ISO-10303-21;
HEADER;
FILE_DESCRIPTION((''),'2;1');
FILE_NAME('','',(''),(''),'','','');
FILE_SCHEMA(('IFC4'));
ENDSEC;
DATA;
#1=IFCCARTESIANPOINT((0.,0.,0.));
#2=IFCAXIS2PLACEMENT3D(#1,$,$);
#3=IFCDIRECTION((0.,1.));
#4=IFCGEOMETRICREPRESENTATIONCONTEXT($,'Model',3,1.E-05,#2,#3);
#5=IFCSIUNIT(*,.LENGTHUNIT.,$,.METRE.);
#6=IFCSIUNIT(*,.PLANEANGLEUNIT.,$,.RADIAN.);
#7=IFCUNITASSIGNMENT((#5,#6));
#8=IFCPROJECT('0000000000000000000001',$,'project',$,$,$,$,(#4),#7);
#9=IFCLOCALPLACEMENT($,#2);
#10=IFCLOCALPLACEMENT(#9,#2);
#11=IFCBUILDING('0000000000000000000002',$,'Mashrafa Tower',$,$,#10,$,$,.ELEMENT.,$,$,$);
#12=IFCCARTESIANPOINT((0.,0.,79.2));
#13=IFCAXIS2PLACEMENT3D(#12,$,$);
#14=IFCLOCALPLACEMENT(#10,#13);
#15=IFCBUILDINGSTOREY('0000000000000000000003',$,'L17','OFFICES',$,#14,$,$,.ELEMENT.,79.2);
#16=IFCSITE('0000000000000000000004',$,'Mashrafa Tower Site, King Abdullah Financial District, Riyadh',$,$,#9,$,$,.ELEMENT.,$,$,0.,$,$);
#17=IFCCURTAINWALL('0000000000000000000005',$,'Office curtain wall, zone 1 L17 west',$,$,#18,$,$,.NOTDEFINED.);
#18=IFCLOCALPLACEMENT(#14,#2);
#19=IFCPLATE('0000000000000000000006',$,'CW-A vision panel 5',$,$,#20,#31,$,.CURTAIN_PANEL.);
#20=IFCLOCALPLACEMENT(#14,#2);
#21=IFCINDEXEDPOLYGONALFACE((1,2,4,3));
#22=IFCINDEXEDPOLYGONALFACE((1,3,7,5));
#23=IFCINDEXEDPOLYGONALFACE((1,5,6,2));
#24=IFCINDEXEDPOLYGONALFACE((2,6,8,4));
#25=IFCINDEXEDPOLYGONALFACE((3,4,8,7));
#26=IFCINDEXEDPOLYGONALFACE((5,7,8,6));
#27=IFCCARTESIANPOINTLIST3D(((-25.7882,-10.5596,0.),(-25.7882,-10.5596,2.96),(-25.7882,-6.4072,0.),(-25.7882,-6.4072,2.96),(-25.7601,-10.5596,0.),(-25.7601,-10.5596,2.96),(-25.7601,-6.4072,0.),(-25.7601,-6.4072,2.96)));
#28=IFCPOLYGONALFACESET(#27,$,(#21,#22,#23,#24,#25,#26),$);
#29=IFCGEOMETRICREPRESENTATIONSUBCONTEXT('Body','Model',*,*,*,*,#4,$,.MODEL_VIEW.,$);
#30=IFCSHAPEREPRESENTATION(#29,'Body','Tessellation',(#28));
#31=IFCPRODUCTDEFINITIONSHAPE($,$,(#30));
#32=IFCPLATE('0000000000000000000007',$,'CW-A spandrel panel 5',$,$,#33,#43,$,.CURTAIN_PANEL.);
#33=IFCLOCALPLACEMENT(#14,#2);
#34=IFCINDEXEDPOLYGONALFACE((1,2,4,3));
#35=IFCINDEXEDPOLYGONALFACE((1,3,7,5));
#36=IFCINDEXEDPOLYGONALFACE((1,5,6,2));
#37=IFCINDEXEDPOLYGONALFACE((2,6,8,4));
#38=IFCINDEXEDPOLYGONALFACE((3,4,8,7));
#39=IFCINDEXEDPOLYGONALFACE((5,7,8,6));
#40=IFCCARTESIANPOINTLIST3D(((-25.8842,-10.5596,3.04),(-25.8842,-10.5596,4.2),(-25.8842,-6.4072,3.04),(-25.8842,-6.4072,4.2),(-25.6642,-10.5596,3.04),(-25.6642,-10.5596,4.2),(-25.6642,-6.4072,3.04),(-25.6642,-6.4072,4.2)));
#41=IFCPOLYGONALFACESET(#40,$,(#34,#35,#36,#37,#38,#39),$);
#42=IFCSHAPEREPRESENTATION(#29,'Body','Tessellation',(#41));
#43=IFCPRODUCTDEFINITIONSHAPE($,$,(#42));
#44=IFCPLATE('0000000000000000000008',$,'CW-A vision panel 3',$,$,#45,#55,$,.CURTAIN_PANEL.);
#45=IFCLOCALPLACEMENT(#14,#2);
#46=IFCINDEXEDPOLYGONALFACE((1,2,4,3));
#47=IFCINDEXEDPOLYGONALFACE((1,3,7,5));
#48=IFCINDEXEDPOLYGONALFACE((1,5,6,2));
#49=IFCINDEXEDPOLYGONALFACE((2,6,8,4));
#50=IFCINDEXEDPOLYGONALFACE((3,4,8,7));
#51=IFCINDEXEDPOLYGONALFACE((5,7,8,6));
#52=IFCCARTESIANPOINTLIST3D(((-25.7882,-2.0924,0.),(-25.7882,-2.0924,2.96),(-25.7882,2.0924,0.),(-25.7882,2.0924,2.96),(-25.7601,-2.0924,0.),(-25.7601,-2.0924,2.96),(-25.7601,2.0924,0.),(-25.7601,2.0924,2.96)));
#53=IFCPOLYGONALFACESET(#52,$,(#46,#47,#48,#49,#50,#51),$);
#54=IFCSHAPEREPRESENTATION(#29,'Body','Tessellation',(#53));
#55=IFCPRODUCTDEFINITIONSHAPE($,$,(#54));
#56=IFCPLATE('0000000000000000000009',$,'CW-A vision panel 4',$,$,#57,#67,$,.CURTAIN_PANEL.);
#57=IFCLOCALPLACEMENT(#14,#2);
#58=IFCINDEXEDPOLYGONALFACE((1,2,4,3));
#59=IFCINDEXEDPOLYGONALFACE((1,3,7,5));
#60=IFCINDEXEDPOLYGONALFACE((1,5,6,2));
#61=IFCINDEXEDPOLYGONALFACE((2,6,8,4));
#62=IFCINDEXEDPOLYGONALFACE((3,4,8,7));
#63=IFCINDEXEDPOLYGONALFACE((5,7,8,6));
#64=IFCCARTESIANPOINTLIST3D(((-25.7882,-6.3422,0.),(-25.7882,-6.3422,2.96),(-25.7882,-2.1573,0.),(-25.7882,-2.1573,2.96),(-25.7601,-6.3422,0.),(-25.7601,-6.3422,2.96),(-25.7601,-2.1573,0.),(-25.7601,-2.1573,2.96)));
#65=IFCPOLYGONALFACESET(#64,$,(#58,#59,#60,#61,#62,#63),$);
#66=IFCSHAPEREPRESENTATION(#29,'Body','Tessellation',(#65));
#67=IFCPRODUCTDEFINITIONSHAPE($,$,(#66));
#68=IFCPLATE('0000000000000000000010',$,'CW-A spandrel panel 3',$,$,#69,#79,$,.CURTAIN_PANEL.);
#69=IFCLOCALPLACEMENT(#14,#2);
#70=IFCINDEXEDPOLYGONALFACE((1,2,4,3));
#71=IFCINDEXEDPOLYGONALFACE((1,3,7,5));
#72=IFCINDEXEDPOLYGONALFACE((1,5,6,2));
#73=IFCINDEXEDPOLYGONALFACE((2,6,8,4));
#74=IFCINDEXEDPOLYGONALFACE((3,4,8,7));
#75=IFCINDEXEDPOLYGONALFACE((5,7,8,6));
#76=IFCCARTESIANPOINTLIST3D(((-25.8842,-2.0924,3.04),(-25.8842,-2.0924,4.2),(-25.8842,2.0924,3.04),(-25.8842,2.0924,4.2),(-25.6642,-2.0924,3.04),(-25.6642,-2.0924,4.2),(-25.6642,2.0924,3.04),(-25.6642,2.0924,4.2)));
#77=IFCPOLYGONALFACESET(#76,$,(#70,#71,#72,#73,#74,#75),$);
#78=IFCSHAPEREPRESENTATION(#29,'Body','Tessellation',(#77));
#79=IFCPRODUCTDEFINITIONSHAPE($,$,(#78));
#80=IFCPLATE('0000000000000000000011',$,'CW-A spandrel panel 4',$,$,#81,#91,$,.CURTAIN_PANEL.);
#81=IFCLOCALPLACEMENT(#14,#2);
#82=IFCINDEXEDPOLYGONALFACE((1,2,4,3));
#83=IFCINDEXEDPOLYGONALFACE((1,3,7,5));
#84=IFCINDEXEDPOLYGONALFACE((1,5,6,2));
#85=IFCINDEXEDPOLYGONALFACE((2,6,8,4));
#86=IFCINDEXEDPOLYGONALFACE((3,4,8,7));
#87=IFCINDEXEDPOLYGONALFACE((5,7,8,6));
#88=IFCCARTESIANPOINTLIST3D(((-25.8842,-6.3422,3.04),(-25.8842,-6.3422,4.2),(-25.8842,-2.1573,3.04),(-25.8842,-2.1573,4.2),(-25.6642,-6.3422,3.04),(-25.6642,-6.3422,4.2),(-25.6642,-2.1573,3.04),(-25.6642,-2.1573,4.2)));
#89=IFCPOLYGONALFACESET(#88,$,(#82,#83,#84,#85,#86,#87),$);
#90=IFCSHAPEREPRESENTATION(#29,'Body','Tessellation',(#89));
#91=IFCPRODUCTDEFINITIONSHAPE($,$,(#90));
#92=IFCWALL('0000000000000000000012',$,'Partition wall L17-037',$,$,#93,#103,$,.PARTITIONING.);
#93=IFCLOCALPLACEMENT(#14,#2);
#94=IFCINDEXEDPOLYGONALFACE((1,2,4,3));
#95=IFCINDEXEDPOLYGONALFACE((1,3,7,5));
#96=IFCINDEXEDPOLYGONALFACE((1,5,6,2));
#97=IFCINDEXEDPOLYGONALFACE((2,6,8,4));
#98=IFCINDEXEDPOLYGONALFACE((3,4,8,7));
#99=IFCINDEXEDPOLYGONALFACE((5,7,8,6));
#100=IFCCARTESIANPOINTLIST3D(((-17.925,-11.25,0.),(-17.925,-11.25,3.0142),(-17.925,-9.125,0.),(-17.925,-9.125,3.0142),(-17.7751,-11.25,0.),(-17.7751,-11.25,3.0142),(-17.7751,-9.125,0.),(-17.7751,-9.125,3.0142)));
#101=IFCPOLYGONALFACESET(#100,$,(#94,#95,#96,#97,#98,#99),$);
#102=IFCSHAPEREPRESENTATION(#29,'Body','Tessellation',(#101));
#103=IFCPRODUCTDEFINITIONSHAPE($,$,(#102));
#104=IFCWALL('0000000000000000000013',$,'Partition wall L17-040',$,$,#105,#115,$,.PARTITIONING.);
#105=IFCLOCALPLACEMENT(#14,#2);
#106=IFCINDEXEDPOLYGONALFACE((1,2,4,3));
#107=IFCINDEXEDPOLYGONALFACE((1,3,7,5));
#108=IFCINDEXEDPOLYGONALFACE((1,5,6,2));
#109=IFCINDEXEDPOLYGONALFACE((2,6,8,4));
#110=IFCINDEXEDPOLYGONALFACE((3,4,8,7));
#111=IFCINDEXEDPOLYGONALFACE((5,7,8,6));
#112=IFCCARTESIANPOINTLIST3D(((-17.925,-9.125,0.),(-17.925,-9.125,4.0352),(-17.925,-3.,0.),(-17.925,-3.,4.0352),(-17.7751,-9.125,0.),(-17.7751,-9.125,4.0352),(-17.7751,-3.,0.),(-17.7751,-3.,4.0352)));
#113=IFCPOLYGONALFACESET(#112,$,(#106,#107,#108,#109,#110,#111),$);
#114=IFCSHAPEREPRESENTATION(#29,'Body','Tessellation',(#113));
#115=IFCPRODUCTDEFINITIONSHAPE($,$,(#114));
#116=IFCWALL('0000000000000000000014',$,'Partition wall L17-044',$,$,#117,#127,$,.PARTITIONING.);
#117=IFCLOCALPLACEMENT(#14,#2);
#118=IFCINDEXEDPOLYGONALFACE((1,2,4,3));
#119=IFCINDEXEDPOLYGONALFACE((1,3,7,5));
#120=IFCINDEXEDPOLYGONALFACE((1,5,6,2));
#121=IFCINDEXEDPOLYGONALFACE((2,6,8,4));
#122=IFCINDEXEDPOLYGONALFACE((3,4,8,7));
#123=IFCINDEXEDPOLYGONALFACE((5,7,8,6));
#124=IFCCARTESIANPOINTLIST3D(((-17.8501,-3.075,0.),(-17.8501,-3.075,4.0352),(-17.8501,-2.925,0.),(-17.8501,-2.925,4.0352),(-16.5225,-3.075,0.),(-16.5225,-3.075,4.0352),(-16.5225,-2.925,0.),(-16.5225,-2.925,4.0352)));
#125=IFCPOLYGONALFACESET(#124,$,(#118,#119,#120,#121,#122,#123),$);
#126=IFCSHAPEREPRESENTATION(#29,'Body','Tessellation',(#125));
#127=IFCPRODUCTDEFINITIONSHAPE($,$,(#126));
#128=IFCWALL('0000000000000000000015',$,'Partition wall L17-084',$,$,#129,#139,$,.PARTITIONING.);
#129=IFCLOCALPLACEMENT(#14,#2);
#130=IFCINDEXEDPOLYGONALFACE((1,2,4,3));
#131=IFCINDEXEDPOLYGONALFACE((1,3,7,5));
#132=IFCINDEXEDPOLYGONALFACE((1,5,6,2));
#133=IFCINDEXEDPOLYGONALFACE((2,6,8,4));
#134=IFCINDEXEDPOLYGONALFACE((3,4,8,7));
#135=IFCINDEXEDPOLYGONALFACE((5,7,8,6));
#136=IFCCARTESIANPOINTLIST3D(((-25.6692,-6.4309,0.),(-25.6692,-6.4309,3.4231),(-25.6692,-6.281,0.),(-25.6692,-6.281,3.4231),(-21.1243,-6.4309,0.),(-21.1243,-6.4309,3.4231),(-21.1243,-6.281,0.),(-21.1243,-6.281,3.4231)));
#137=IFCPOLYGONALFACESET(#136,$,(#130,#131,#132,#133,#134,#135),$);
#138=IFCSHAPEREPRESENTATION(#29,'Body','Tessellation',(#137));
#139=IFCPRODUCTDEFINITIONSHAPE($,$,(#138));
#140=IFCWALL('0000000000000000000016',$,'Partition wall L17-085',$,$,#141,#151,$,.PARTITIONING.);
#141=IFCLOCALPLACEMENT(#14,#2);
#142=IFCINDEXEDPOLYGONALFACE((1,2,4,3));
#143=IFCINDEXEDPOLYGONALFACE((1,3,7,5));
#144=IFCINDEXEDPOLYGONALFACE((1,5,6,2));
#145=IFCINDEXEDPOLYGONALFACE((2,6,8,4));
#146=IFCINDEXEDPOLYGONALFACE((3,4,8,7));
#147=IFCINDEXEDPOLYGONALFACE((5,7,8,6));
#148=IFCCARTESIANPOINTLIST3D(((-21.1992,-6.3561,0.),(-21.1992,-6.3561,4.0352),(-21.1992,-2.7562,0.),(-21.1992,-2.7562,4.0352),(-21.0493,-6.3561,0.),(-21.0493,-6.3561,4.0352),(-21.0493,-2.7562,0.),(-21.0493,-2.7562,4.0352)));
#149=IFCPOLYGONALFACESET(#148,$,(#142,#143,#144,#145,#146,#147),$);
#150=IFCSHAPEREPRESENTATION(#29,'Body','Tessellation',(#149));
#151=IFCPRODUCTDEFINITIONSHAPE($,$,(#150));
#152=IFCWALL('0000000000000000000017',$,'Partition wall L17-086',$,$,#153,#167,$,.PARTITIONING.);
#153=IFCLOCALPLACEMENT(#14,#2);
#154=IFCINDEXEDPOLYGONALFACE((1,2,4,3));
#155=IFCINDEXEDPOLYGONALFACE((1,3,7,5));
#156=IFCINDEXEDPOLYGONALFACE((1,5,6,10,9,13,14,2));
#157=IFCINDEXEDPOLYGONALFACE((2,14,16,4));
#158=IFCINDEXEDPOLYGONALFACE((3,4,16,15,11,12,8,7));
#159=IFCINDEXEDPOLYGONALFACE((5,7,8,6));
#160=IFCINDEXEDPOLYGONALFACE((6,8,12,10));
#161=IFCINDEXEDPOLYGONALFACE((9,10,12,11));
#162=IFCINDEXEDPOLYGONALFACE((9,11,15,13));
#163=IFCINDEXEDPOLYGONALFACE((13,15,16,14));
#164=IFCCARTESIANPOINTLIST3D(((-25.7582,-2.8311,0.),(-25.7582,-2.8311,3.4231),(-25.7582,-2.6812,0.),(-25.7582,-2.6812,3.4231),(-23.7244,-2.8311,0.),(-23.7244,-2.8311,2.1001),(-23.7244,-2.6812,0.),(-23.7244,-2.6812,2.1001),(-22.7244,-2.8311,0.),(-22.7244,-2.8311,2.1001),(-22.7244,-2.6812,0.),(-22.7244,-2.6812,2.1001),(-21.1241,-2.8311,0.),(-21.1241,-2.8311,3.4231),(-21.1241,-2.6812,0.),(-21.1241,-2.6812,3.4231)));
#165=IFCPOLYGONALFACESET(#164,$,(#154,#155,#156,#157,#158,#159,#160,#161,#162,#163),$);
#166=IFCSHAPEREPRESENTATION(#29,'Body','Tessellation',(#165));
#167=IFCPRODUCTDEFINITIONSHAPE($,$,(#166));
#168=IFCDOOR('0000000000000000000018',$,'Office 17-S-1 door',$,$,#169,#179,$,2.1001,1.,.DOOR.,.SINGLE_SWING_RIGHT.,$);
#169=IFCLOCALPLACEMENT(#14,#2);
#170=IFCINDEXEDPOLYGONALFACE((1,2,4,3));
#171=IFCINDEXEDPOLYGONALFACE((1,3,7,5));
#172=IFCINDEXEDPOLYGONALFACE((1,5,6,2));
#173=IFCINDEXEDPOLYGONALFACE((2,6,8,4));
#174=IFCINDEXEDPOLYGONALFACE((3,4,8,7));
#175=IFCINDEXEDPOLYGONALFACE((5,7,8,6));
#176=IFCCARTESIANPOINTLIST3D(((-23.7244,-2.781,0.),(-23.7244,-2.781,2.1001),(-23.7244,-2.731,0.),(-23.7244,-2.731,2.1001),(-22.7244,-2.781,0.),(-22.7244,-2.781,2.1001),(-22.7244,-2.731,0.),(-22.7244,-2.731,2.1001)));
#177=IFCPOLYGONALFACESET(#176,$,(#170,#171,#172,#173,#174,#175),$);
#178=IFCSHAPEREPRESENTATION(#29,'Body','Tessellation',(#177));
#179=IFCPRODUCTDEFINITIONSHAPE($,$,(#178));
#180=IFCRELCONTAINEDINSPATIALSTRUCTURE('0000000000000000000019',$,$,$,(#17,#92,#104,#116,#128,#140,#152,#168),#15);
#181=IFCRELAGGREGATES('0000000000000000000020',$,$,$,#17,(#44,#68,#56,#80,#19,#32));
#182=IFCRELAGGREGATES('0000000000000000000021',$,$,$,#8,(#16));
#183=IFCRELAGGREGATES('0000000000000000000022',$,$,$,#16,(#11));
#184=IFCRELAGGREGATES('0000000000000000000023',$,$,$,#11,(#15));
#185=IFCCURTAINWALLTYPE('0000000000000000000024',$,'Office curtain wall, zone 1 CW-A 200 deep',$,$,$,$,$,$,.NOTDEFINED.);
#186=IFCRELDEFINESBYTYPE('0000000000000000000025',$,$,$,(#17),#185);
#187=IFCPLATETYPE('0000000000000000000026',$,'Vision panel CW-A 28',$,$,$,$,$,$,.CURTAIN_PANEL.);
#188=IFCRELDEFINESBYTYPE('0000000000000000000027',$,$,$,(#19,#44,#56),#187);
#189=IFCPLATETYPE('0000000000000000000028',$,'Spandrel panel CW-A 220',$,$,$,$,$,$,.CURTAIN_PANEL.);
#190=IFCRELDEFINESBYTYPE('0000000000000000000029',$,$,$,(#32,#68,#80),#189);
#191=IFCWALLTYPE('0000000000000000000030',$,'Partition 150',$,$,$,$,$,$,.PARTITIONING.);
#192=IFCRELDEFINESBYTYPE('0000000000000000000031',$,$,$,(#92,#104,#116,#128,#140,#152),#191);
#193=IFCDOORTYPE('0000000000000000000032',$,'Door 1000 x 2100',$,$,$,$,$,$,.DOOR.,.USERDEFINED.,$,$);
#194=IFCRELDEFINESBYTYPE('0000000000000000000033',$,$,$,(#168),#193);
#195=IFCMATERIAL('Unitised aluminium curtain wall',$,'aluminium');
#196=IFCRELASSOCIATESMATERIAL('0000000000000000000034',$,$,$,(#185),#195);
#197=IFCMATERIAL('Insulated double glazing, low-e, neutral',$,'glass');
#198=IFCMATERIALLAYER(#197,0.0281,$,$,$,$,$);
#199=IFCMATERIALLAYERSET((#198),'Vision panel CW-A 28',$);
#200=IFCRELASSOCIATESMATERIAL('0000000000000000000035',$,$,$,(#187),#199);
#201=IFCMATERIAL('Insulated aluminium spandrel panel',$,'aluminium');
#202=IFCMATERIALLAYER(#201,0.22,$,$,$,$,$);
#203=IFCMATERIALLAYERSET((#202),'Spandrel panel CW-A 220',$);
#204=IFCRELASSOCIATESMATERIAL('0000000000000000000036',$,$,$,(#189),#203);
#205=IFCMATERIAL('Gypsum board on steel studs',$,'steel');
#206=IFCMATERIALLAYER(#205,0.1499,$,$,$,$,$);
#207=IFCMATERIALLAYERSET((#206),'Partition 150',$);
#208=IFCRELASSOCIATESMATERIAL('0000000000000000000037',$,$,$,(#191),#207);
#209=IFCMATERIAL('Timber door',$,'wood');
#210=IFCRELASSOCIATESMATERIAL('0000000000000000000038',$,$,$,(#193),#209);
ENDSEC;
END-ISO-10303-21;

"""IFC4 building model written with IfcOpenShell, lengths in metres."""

from ifc_helpers import new_model, si_unit, direction, frame, frame_2d, origin, origin_2d, place, context, subcontext, project, spatial, rectangle, extrude, source, transform, mapped, material, layer, layer_set, type_object, type_shapes, element, fill, aggregate, save


model = new_model("IFC4")

# Units and contexts
model_context = context("Model", 3, precision=1e-05, world=origin(), true_north=direction((0.0, 1.0)))
body_context = subcontext(model_context, "Body", "Model", "MODEL_VIEW")
ifc_project = project(units=[si_unit("LENGTHUNIT", "METRE"), si_unit("PLANEANGLEUNIT", "RADIAN")], contexts=[model_context])

# Site, building, storey
site_placement = place(None, origin())
site = spatial("IfcSite", under=ifc_project, at=site_placement, Name="Mashrafa Tower Site, King Abdullah Financial District, Riyadh", CompositionType="ELEMENT", RefElevation=0.0)
building_placement = place(site_placement, origin())
building = spatial("IfcBuilding", under=site, at=building_placement, Name="Mashrafa Tower", CompositionType="ELEMENT")
storey_placement = place(building_placement, frame((0.0, 0.0, 79.2)))
storey = spatial("IfcBuildingStorey", under=building, at=storey_placement, Name="L17", Description="OFFICES", CompositionType="ELEMENT", Elevation=79.2)

# Curtain wall, plates
ifc_material_1 = material(Name="Unitised aluminium curtain wall", Category="aluminium")
curtain_wall_type = type_object("IfcCurtainWallType", Name="Office curtain wall, zone 1 CW-A 200 deep", PredefinedType="NOTDEFINED", material=ifc_material_1)
curtain_wall_placement = place(storey_placement, origin())
curtain_wall = element("IfcCurtainWall", 1, at=curtain_wall_placement, inside=storey, type_object=curtain_wall_type, Name="Office curtain wall, zone 1 L17 west", PredefinedType="NOTDEFINED")
ifc_material_2 = material(Name="Insulated double glazing, low-e, neutral", Category="glass")
ifc_layer_1 = layer(ifc_material_2, 0.0281)
ifc_layer_set_1 = layer_set([ifc_layer_1], Name="Vision panel CW-A 28")
plate_type_1 = type_object("IfcPlateType", Name="Vision panel CW-A 28", PredefinedType="CURTAIN_PANEL", material=ifc_layer_set_1)
shared_shape_1 = source(origin(), body_context, "Body", "SweptSolid", [
    extrude(rectangle(XDim=4.1523, YDim=0.0281, at=origin_2d()), origin(), (0.0, 0.0, 1.0), 2.96),
])
plate_1_placement = place(storey_placement, frame((-25.7742, -8.4834, 0.0), z_axis=(0.0, 0.0, 1.0), x_axis=(0.0, -1.0, 0.0)))
plate_1 = element("IfcPlate", 2, at=plate_1_placement, type_object=plate_type_1, Name="CW-A vision panel 5", PredefinedType="CURTAIN_PANEL", context=body_context, shape_type="MappedRepresentation", body=[
    mapped(shared_shape_1, transform((0.0, 0.0, 0.0))),
])
ifc_material_3 = material(Name="Insulated aluminium spandrel panel", Category="aluminium")
ifc_layer_2 = layer(ifc_material_3, 0.22)
ifc_layer_set_2 = layer_set([ifc_layer_2], Name="Spandrel panel CW-A 220")
plate_type_2 = type_object("IfcPlateType", Name="Spandrel panel CW-A 220", PredefinedType="CURTAIN_PANEL", material=ifc_layer_set_2)
shared_shape_2 = source(origin(), body_context, "Body", "SweptSolid", [
    extrude(rectangle(XDim=4.1523, YDim=0.22, at=origin_2d()), origin(), (0.0, 0.0, 1.0), 1.1599),
])
plate_2_placement = place(storey_placement, frame((-25.7742, -8.4834, 3.04), z_axis=(0.0, 0.0, 1.0), x_axis=(0.0, -1.0, 0.0)))
plate_2 = element("IfcPlate", 3, at=plate_2_placement, type_object=plate_type_2, Name="CW-A spandrel panel 5", PredefinedType="CURTAIN_PANEL", context=body_context, shape_type="MappedRepresentation", body=[
    mapped(shared_shape_2, transform((0.0, 0.0, 0.0))),
])
shared_shape_3 = source(origin(), body_context, "Body", "SweptSolid", [
    extrude(rectangle(XDim=4.1848, YDim=0.0281, at=origin_2d()), origin(), (0.0, 0.0, 1.0), 2.96),
])
type_shapes(plate_type_1, [shared_shape_1, shared_shape_3])
plate_3_placement = place(storey_placement, frame((-25.7742, 0.0, 0.0), z_axis=(0.0, 0.0, 1.0), x_axis=(0.0, -1.0, 0.0)))
plate_3 = element("IfcPlate", 4, at=plate_3_placement, type_object=plate_type_1, Name="CW-A vision panel 3", PredefinedType="CURTAIN_PANEL", context=body_context, shape_type="MappedRepresentation", body=[
    mapped(shared_shape_3, transform((0.0, 0.0, 0.0))),
])
plate_4_placement = place(storey_placement, frame((-25.7742, -4.2498, 0.0), z_axis=(0.0, 0.0, 1.0), x_axis=(0.0, -1.0, 0.0)))
plate_4 = element("IfcPlate", 5, at=plate_4_placement, type_object=plate_type_1, Name="CW-A vision panel 4", PredefinedType="CURTAIN_PANEL", context=body_context, shape_type="MappedRepresentation", body=[
    mapped(shared_shape_3, transform((0.0, 0.0, 0.0))),
])
shared_shape_4 = source(origin(), body_context, "Body", "SweptSolid", [
    extrude(rectangle(XDim=4.1848, YDim=0.22, at=origin_2d()), origin(), (0.0, 0.0, 1.0), 1.1599),
])
type_shapes(plate_type_2, [shared_shape_2, shared_shape_4])
plate_5_placement = place(storey_placement, frame((-25.7742, 0.0, 3.04), z_axis=(0.0, 0.0, 1.0), x_axis=(0.0, -1.0, 0.0)))
plate_5 = element("IfcPlate", 6, at=plate_5_placement, type_object=plate_type_2, Name="CW-A spandrel panel 3", PredefinedType="CURTAIN_PANEL", context=body_context, shape_type="MappedRepresentation", body=[
    mapped(shared_shape_4, transform((0.0, 0.0, 0.0))),
])
plate_6_placement = place(storey_placement, frame((-25.7742, -4.2498, 3.04), z_axis=(0.0, 0.0, 1.0), x_axis=(0.0, -1.0, 0.0)))
plate_6 = element("IfcPlate", 7, at=plate_6_placement, type_object=plate_type_2, Name="CW-A spandrel panel 4", PredefinedType="CURTAIN_PANEL", context=body_context, shape_type="MappedRepresentation", body=[
    mapped(shared_shape_4, transform((0.0, 0.0, 0.0))),
])
aggregate(curtain_wall, [plate_3, plate_5, plate_4, plate_6, plate_1, plate_2])

# Walls
ifc_material_4 = material(Name="Gypsum board on steel studs", Category="steel")
ifc_layer_3 = layer(ifc_material_4, 0.1499)
ifc_layer_set_3 = layer_set([ifc_layer_3], Name="Partition 150")
wall_type = type_object("IfcWallType", Name="Partition 150", PredefinedType="PARTITIONING", material=ifc_layer_set_3)
wall_1_placement = place(storey_placement, frame((-17.8501, -9.125, 0.0), z_axis=(0.0, 0.0, 1.0), x_axis=(0.0, -1.0, 0.0)))
element("IfcWall", 8, at=wall_1_placement, inside=storey, type_object=wall_type, Name="Partition wall L17-037", PredefinedType="PARTITIONING", context=body_context, shape_type="SweptSolid", body=[
    extrude(rectangle(XDim=2.125, YDim=0.1499, at=frame_2d((1.0625, 0.0))), origin(), (0.0, 0.0, 1.0), 3.0142),
])
wall_2_placement = place(storey_placement, frame((-17.8501, -9.125, 0.0), z_axis=(0.0, 0.0, 1.0), x_axis=(0.0, 1.0, 0.0)))
element("IfcWall", 9, at=wall_2_placement, inside=storey, type_object=wall_type, Name="Partition wall L17-040", PredefinedType="PARTITIONING", context=body_context, shape_type="SweptSolid", body=[
    extrude(rectangle(XDim=6.125, YDim=0.1499, at=frame_2d((3.0625, 0.0))), origin(), (0.0, 0.0, 1.0), 4.0352),
])
wall_3_placement = place(storey_placement, frame((-16.5225, -3.0, 0.0), z_axis=(0.0, 0.0, 1.0), x_axis=(-1.0, 0.0, 0.0)))
element("IfcWall", 10, at=wall_3_placement, inside=storey, type_object=wall_type, Name="Partition wall L17-044", PredefinedType="PARTITIONING", context=body_context, shape_type="SweptSolid", body=[
    extrude(rectangle(XDim=1.3276, YDim=0.1499, at=frame_2d((0.6638, 0.0))), origin(), (0.0, 0.0, 1.0), 4.0352),
])
wall_4_placement = place(storey_placement, frame((-25.6692, -6.356, 0.0), z_axis=(0.0, 0.0, 1.0), x_axis=(1.0, 0.0, 0.0)))
element("IfcWall", 11, at=wall_4_placement, inside=storey, type_object=wall_type, Name="Partition wall L17-084", PredefinedType="PARTITIONING", context=body_context, shape_type="SweptSolid", body=[
    extrude(rectangle(XDim=4.5449, YDim=0.1499, at=frame_2d((2.2725, 0.0))), origin(), (0.0, 0.0, 1.0), 3.4231),
])
wall_5_placement = place(storey_placement, frame((-21.1243, -6.356, 0.0), z_axis=(0.0, 0.0, 1.0), x_axis=(0.0, 1.0, 0.0)))
element("IfcWall", 12, at=wall_5_placement, inside=storey, type_object=wall_type, Name="Partition wall L17-085", PredefinedType="PARTITIONING", context=body_context, shape_type="SweptSolid", body=[
    extrude(rectangle(XDim=3.5999, YDim=0.1499, at=frame_2d((1.7998, 0.0))), origin(), (0.0, 0.0, 1.0), 4.0352),
])

# Wall, opening, door
wall_6_placement = place(storey_placement, frame((-21.1243, -2.7561, 0.0), z_axis=(0.0, 0.0, 1.0), x_axis=(-1.0, 0.0, 0.0)))
wall_6 = element("IfcWall", 13, at=wall_6_placement, inside=storey, type_object=wall_type, Name="Partition wall L17-086", PredefinedType="PARTITIONING", context=body_context, shape_type="SweptSolid", body=[
    extrude(rectangle(XDim=4.634, YDim=0.1499, at=frame_2d((2.3169, 0.0))), origin(), (0.0, 0.0, 1.0), 3.4231),
])
opening_1_placement = place(wall_6_placement, frame((1.6001, 0.0, 0.0)))
opening_1 = element("IfcOpeningElement", 14, at=opening_1_placement, cuts=wall_6, PredefinedType="OPENING", context=body_context, shape_type="SweptSolid", body=[
    extrude(rectangle(XDim=1.0, YDim=2.1001, at=frame_2d((0.5, 1.05))), frame((0.0, 0.085, 0.0), z_axis=(0.0, -1.0, 0.0), x_axis=(1.0, 0.0, 0.0)), (0.0, 0.0, 1.0), 0.1699),
])
ifc_material_5 = material(Name="Timber door", Category="wood")
door_type = type_object("IfcDoorType", Name="Door 1000 x 2100", OperationType="USERDEFINED", PredefinedType="DOOR", material=ifc_material_5)
door_1_placement = place(opening_1_placement, origin())
door_1 = element("IfcDoor", 15, at=door_1_placement, inside=storey, type_object=door_type, Name="Office 17-S-1 door", OperationType="SINGLE_SWING_RIGHT", OverallHeight=2.1001, OverallWidth=1.0, PredefinedType="DOOR", context=body_context, shape_type="SweptSolid", body=[
    extrude(rectangle(XDim=1.0, YDim=2.1001, at=frame_2d((0.5, 1.05))), frame((0.0, 0.0249, 0.0), z_axis=(0.0, -1.0, 0.0), x_axis=(1.0, 0.0, 0.0)), (0.0, 0.0, 1.0), 0.05),
])
fill(opening_1, door_1)

save(model, "model.ifc")
